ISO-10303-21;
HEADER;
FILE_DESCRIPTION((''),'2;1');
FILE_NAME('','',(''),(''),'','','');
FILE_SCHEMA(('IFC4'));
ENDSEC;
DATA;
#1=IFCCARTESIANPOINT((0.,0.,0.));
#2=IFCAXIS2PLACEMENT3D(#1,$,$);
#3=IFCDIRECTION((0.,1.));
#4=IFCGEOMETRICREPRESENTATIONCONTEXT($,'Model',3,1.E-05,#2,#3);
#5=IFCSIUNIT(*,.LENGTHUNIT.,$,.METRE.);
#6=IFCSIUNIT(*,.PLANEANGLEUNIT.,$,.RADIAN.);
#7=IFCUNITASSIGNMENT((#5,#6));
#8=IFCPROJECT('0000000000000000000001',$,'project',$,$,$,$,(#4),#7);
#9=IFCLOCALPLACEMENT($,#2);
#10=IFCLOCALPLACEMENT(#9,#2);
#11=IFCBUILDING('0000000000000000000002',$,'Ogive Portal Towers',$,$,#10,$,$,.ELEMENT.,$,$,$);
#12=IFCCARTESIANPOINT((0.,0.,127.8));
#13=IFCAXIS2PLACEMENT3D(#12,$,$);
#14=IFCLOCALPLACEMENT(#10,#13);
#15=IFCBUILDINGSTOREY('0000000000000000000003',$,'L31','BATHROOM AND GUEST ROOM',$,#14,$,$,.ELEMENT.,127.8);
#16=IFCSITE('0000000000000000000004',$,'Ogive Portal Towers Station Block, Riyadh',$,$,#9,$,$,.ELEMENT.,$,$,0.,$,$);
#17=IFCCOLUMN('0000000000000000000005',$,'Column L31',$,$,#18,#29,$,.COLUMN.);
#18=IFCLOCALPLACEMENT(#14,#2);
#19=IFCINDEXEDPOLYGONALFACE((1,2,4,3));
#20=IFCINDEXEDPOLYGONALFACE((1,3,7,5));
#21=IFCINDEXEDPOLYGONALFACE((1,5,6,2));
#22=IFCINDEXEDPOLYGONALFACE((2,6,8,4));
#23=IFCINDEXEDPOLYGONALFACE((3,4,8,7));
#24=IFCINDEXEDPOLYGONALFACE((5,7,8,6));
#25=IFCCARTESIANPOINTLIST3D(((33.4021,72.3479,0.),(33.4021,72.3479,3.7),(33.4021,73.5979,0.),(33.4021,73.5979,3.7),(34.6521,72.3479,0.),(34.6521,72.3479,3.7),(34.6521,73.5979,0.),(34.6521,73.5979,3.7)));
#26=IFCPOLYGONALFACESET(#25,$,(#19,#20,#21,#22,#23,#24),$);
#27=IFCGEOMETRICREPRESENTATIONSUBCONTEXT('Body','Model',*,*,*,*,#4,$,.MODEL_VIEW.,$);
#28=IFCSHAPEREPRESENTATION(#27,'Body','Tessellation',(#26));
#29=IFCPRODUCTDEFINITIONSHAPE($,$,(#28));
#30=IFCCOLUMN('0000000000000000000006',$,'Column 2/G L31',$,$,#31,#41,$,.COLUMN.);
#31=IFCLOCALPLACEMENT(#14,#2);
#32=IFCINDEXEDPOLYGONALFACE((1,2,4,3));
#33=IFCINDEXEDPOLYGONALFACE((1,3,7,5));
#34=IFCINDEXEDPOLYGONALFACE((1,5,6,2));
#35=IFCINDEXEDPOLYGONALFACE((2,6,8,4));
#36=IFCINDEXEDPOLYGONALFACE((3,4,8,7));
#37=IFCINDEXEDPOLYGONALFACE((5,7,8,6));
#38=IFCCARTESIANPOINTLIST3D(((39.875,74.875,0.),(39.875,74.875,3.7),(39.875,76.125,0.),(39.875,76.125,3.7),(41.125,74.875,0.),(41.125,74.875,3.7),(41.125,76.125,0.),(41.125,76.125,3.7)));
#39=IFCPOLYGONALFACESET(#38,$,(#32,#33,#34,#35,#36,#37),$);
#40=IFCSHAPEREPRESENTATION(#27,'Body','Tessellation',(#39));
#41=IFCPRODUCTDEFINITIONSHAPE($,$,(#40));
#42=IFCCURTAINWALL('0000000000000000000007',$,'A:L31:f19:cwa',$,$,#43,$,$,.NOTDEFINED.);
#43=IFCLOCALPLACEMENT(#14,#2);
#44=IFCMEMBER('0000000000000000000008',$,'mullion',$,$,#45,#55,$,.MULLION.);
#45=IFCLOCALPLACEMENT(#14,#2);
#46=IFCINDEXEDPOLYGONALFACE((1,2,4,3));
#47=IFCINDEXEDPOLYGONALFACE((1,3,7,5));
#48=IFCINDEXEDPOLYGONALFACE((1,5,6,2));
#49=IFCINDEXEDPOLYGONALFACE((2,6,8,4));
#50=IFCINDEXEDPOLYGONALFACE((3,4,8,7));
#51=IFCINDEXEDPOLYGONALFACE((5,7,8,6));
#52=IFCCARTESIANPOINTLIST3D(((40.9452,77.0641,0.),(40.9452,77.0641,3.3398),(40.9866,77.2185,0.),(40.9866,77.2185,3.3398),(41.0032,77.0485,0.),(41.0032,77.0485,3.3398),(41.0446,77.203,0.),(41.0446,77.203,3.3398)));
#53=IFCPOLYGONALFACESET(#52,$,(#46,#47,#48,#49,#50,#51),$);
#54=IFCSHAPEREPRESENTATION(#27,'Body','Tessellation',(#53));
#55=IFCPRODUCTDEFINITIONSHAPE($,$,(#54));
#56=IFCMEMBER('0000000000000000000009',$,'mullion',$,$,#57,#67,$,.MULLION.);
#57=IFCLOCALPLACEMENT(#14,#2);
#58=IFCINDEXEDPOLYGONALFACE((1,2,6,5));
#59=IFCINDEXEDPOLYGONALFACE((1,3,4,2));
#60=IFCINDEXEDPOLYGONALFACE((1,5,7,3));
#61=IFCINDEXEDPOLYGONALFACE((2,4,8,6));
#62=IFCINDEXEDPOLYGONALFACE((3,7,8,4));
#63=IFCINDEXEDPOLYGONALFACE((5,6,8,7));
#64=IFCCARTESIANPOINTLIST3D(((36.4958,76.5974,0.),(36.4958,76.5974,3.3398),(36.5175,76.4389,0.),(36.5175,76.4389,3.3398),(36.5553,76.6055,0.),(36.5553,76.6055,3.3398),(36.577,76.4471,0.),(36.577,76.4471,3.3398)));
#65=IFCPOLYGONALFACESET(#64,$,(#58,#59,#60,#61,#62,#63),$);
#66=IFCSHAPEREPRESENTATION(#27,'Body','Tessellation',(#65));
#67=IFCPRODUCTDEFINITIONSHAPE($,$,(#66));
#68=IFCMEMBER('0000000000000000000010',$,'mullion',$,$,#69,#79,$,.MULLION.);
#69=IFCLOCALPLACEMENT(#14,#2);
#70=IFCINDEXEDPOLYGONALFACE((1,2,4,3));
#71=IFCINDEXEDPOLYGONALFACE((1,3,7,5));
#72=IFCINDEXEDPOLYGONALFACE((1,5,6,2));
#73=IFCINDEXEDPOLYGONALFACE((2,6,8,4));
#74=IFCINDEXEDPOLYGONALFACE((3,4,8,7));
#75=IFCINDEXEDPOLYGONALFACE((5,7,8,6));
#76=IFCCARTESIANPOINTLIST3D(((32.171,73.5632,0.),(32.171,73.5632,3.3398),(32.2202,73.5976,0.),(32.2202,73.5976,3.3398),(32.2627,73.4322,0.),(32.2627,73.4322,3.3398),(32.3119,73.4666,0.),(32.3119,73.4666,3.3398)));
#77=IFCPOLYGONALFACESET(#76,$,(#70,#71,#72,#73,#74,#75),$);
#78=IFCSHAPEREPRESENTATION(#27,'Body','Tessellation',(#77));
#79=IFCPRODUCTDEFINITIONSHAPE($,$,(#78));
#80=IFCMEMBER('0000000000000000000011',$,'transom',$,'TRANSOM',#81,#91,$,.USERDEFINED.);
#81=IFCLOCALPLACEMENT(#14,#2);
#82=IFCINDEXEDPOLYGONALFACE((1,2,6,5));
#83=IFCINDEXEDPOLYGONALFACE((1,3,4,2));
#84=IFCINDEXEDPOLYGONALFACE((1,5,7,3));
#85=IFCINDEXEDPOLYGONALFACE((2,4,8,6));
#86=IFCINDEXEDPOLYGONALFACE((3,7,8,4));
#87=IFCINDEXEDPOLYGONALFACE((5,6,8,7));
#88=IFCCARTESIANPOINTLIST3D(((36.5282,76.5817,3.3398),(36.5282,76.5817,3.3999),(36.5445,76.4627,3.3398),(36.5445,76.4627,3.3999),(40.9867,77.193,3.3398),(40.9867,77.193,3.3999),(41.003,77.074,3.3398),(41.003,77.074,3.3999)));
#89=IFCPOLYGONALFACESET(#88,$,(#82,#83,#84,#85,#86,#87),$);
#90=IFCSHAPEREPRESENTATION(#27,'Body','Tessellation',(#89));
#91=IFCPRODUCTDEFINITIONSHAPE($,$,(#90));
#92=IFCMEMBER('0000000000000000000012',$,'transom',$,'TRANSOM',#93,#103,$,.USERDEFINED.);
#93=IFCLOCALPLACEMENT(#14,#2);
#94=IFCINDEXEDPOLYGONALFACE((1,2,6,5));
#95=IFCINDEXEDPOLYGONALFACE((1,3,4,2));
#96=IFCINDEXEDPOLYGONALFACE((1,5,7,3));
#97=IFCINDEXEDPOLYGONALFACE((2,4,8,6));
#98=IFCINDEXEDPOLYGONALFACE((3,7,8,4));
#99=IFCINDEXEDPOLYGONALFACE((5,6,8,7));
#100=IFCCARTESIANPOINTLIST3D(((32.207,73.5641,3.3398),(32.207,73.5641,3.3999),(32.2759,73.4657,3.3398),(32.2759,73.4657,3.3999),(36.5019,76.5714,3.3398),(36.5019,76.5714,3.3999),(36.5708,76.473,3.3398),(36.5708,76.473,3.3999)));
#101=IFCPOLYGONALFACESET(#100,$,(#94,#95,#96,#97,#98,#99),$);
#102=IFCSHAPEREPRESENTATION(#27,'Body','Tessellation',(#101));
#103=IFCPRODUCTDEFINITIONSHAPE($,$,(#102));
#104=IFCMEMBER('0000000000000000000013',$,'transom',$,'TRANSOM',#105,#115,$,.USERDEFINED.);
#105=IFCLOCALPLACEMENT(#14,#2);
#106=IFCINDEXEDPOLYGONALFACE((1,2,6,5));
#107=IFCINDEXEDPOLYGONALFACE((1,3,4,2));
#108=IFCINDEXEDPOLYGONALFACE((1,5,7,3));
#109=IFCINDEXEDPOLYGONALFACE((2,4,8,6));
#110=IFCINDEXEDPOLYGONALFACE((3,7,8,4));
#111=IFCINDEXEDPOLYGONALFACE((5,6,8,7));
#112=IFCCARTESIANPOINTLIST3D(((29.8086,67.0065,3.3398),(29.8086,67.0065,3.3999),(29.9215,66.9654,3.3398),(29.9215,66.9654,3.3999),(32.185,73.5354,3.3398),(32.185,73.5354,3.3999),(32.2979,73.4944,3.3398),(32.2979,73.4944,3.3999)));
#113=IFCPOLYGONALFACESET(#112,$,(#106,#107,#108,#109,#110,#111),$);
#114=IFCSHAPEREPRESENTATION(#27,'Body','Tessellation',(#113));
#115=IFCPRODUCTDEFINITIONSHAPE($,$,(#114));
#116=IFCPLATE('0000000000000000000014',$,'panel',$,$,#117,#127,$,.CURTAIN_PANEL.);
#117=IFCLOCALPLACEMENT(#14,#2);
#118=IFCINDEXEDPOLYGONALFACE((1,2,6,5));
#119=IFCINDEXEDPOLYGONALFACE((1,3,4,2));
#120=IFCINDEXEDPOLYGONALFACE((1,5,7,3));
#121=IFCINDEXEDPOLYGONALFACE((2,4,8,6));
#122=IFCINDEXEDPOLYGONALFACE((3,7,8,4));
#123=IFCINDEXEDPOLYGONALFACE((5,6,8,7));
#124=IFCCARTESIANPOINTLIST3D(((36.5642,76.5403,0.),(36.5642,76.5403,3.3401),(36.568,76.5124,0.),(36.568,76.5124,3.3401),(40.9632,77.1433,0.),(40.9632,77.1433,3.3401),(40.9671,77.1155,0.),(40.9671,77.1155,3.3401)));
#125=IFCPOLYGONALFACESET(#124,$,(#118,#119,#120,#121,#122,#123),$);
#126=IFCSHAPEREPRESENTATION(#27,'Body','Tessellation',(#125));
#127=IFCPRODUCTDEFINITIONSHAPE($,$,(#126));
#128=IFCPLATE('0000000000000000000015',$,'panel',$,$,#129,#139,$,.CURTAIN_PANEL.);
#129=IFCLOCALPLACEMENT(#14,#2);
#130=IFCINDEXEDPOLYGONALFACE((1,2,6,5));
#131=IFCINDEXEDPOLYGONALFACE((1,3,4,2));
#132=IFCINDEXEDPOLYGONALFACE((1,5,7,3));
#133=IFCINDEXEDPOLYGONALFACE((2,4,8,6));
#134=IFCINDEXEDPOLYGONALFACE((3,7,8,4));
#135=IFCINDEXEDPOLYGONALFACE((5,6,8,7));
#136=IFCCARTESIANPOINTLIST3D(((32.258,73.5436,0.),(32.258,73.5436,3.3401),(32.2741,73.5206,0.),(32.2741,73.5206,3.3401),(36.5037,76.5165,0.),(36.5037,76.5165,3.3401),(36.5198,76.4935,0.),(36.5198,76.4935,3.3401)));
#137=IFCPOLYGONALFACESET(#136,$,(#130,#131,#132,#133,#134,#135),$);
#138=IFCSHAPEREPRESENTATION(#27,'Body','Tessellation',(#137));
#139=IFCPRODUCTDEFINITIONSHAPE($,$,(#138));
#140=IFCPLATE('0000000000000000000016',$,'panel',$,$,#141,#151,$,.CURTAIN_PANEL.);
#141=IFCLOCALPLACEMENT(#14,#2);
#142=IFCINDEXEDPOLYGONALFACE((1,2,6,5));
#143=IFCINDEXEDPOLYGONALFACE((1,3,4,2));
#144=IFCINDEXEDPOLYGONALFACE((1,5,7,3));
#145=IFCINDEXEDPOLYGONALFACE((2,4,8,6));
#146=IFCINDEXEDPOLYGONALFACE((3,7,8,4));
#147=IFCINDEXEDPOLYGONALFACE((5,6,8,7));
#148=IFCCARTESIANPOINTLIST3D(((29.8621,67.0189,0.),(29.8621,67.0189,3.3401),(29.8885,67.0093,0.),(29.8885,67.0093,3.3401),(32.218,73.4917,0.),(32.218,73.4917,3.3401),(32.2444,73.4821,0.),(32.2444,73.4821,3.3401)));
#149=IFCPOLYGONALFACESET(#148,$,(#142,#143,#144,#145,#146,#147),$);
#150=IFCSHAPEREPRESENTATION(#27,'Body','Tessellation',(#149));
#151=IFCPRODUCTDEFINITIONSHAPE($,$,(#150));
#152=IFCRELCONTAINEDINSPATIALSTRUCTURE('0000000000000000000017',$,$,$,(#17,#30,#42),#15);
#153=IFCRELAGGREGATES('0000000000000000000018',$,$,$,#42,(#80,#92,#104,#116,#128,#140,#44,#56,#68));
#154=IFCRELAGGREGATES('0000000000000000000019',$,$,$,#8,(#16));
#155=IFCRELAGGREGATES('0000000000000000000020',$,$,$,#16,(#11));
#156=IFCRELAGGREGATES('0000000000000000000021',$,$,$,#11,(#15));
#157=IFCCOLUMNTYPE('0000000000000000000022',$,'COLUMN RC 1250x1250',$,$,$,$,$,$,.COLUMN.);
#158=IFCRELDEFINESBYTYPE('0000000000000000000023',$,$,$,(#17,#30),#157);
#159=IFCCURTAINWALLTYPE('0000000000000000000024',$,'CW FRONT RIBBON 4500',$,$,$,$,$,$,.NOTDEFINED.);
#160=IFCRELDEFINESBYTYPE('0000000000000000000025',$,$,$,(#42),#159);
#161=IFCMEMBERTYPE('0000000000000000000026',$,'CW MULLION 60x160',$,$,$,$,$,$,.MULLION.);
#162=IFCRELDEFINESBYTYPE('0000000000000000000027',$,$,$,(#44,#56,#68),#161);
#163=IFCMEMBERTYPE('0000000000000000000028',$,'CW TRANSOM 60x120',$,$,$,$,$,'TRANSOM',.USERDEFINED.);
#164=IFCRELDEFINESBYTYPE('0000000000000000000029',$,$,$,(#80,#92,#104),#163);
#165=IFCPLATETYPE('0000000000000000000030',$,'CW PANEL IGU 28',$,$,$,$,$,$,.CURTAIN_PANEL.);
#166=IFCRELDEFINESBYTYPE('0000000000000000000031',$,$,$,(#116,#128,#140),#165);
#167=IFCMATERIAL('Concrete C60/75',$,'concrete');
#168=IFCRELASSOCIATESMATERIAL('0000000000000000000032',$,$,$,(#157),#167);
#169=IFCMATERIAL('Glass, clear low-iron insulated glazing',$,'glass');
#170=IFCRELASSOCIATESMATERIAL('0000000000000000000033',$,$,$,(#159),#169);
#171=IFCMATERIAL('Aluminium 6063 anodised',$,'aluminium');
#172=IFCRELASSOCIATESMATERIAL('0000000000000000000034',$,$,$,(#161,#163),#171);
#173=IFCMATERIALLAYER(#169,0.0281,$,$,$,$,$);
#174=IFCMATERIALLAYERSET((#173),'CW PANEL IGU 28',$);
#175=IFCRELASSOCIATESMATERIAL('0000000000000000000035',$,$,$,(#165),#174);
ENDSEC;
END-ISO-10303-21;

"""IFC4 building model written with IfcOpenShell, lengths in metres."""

from ifc_helpers import new_model, si_unit, direction, frame, origin, origin_2d, place, context, subcontext, project, spatial, rectangle, extrude, material, layer, layer_set, material_profile, profile_set, type_object, element, aggregate, save


model = new_model("IFC4")

# Units and contexts
model_context = context("Model", 3, precision=1e-05, world=origin(), true_north=direction((0.0, 1.0)))
body_context = subcontext(model_context, "Body", "Model", "MODEL_VIEW")
ifc_project = project(units=[si_unit("LENGTHUNIT", "METRE"), si_unit("PLANEANGLEUNIT", "RADIAN")], contexts=[model_context])

# Site, building, storey
site_placement = place(None, origin())
site = spatial("IfcSite", under=ifc_project, at=site_placement, Name="Ogive Portal Towers Station Block, Riyadh", CompositionType="ELEMENT", RefElevation=0.0)
building_placement = place(site_placement, origin())
building = spatial("IfcBuilding", under=site, at=building_placement, Name="Ogive Portal Towers", CompositionType="ELEMENT")
storey_placement = place(building_placement, frame((0.0, 0.0, 127.8)))
storey = spatial("IfcBuildingStorey", under=building, at=storey_placement, Name="L31", Description="BATHROOM AND GUEST ROOM", CompositionType="ELEMENT", Elevation=127.8)

# Columns
ifc_material_1 = material(Name="Concrete C60/75", Category="concrete")
ifc_material_profile_1 = material_profile(ifc_material_1, rectangle(XDim=1.25, YDim=1.25, at=origin_2d()), Name="RC 1250x1250")
ifc_profile_set_1 = profile_set([ifc_material_profile_1], Name="Concrete C60/75")
column_type = type_object("IfcColumnType", Name="COLUMN RC 1250x1250", PredefinedType="COLUMN", material=ifc_profile_set_1)
for number, where, z_axis, x_axis, name in (
    (1, (34.0271, 72.9729, 0.0), (0.0, 0.0, 1.0), (1.0, 0.0, 0.0), "Column L31"),
    (2, (40.5, 75.5, 0.0), (0.0, 0.0, 1.0), (1.0, 0.0, 0.0), "Column 2/G L31"),
):
    element("IfcColumn", number, at=place(storey_placement, frame(where, z_axis=z_axis, x_axis=x_axis)), inside=storey, type_object=column_type, Name=name, PredefinedType="COLUMN", context=body_context, shape_type="SweptSolid", body=[
        extrude(rectangle(XDim=1.25, YDim=1.25, at=origin_2d()), origin(), (0.0, 0.0, 1.0), 3.7),
    ])

# Curtain wall, members, plates
ifc_material_2 = material(Name="Glass, clear low-iron insulated glazing", Category="glass")
curtain_wall_type = type_object("IfcCurtainWallType", Name="CW FRONT RIBBON 4500", PredefinedType="NOTDEFINED", material=ifc_material_2)
curtain_wall_placement = place(storey_placement, origin())
curtain_wall = element("IfcCurtainWall", 3, at=curtain_wall_placement, inside=storey, type_object=curtain_wall_type, Name="A:L31:f19:cwa", PredefinedType="NOTDEFINED")
ifc_material_3 = material(Name="Aluminium 6063 anodised", Category="aluminium")
ifc_material_profile_2 = material_profile(ifc_material_3, rectangle(XDim=0.1599, YDim=0.0601, at=origin_2d()), Name="AL 60x160")
ifc_profile_set_2 = profile_set([ifc_material_profile_2], Name="Aluminium 6063 anodised")
member_type_1 = type_object("IfcMemberType", Name="CW MULLION 60x160", PredefinedType="MULLION", material=ifc_profile_set_2)
member_1_placement = place(storey_placement, frame((40.9949, 77.1335, 0.0), z_axis=(0.0, 0.0, 1.0), x_axis=(-0.258819, -0.965926, 0.0)))
member_1 = element("IfcMember", 4, at=member_1_placement, type_object=member_type_1, Name="mullion", PredefinedType="MULLION", context=body_context, shape_type="SweptSolid", body=[
    extrude(rectangle(XDim=0.1599, YDim=0.0601, at=origin_2d()), origin(), (0.0, 0.0, 1.0), 3.3398),
])
member_2_placement = place(storey_placement, frame((36.5364, 76.5222, 0.0), z_axis=(0.0, 0.0, 1.0), x_axis=(0.135818, -0.990734, 0.0)))
member_2 = element("IfcMember", 5, at=member_2_placement, type_object=member_type_1, Name="mullion", PredefinedType="MULLION", context=body_context, shape_type="SweptSolid", body=[
    extrude(rectangle(XDim=0.1599, YDim=0.0601, at=origin_2d()), origin(), (0.0, 0.0, 1.0), 3.3398),
])
member_3_placement = place(storey_placement, frame((32.2415, 73.5149, 0.0), z_axis=(0.0, 0.0, 1.0), x_axis=(0.573576, -0.819152, 0.0)))
member_3 = element("IfcMember", 6, at=member_3_placement, type_object=member_type_1, Name="mullion", PredefinedType="MULLION", context=body_context, shape_type="SweptSolid", body=[
    extrude(rectangle(XDim=0.1599, YDim=0.0601, at=origin_2d()), origin(), (0.0, 0.0, 1.0), 3.3398),
])
ifc_material_profile_3 = material_profile(ifc_material_3, rectangle(XDim=0.1201, YDim=0.0601, at=origin_2d()), Name="AL 120x60")
ifc_profile_set_3 = profile_set([ifc_material_profile_3], Name="Aluminium 6063 anodised")
member_type_2 = type_object("IfcMemberType", Name="CW TRANSOM 60x120", ElementType="TRANSOM", PredefinedType="USERDEFINED", material=ifc_profile_set_3)
member_4_placement = place(storey_placement, frame((40.9949, 77.1335, 3.3699), z_axis=(-0.99073, -0.135844, 0.0), x_axis=(0.135844, -0.99073, 0.0)))
member_4 = element("IfcMember", 7, at=member_4_placement, type_object=member_type_2, Name="transom", ObjectType="TRANSOM", PredefinedType="USERDEFINED", context=body_context, shape_type="SweptSolid", body=[
    extrude(rectangle(XDim=0.1201, YDim=0.0601, at=origin_2d()), origin(), (0.0, 0.0, 1.0), 4.5002),
])
member_5_placement = place(storey_placement, frame((36.5364, 76.5222, 3.3699), z_axis=(-0.819153, -0.573575, 0.0), x_axis=(0.573575, -0.819153, 0.0)))
member_5 = element("IfcMember", 8, at=member_5_placement, type_object=member_type_2, Name="transom", ObjectType="TRANSOM", PredefinedType="USERDEFINED", context=body_context, shape_type="SweptSolid", body=[
    extrude(rectangle(XDim=0.1201, YDim=0.0601, at=origin_2d()), origin(), (0.0, 0.0, 1.0), 5.2432),
])
member_6_placement = place(storey_placement, frame((32.2415, 73.5149, 3.3699), z_axis=(-0.342031, -0.939689, 0.0), x_axis=(0.939689, -0.342031, 0.0)))
member_6 = element("IfcMember", 9, at=member_6_placement, type_object=member_type_2, Name="transom", ObjectType="TRANSOM", PredefinedType="USERDEFINED", context=body_context, shape_type="SweptSolid", body=[
    extrude(rectangle(XDim=0.1201, YDim=0.0601, at=origin_2d()), origin(), (0.0, 0.0, 1.0), 6.948),
])
ifc_layer_1 = layer(ifc_material_2, 0.0281)
ifc_layer_set_1 = layer_set([ifc_layer_1], Name="CW PANEL IGU 28")
plate_type = type_object("IfcPlateType", Name="CW PANEL IGU 28", PredefinedType="CURTAIN_PANEL", material=ifc_layer_set_1)
plate_1_placement = place(storey_placement, frame((38.7656, 76.8279, 0.0), z_axis=(0.0, 0.0, 1.0), x_axis=(-0.990734, -0.135818, 0.0)))
plate_1 = element("IfcPlate", 10, at=plate_1_placement, type_object=plate_type, Name="panel", PredefinedType="CURTAIN_PANEL", context=body_context, shape_type="SweptSolid", body=[
    extrude(rectangle(XDim=4.4402, YDim=0.0281, at=origin_2d()), origin(), (0.0, 0.0, 1.0), 3.3401),
])
plate_2_placement = place(storey_placement, frame((34.3889, 75.0186, 0.0), z_axis=(0.0, 0.0, 1.0), x_axis=(-0.819152, -0.573576, 0.0)))
plate_2 = element("IfcPlate", 11, at=plate_2_placement, type_object=plate_type, Name="panel", PredefinedType="CURTAIN_PANEL", context=body_context, shape_type="SweptSolid", body=[
    extrude(rectangle(XDim=5.1831, YDim=0.0281, at=origin_2d()), origin(), (0.0, 0.0, 1.0), 3.3401),
])
plate_3_placement = place(storey_placement, frame((31.0532, 70.2505, 0.0), z_axis=(0.0, 0.0, 1.0), x_axis=(-0.34202, -0.939693, 0.0)))
plate_3 = element("IfcPlate", 12, at=plate_3_placement, type_object=plate_type, Name="panel", PredefinedType="CURTAIN_PANEL", context=body_context, shape_type="SweptSolid", body=[
    extrude(rectangle(XDim=6.8882, YDim=0.0281, at=origin_2d()), origin(), (0.0, 0.0, 1.0), 3.3401),
])
aggregate(curtain_wall, [member_4, member_5, member_6, plate_1, plate_2, plate_3, member_1, member_2, member_3])

save(model, "model.ifc")
